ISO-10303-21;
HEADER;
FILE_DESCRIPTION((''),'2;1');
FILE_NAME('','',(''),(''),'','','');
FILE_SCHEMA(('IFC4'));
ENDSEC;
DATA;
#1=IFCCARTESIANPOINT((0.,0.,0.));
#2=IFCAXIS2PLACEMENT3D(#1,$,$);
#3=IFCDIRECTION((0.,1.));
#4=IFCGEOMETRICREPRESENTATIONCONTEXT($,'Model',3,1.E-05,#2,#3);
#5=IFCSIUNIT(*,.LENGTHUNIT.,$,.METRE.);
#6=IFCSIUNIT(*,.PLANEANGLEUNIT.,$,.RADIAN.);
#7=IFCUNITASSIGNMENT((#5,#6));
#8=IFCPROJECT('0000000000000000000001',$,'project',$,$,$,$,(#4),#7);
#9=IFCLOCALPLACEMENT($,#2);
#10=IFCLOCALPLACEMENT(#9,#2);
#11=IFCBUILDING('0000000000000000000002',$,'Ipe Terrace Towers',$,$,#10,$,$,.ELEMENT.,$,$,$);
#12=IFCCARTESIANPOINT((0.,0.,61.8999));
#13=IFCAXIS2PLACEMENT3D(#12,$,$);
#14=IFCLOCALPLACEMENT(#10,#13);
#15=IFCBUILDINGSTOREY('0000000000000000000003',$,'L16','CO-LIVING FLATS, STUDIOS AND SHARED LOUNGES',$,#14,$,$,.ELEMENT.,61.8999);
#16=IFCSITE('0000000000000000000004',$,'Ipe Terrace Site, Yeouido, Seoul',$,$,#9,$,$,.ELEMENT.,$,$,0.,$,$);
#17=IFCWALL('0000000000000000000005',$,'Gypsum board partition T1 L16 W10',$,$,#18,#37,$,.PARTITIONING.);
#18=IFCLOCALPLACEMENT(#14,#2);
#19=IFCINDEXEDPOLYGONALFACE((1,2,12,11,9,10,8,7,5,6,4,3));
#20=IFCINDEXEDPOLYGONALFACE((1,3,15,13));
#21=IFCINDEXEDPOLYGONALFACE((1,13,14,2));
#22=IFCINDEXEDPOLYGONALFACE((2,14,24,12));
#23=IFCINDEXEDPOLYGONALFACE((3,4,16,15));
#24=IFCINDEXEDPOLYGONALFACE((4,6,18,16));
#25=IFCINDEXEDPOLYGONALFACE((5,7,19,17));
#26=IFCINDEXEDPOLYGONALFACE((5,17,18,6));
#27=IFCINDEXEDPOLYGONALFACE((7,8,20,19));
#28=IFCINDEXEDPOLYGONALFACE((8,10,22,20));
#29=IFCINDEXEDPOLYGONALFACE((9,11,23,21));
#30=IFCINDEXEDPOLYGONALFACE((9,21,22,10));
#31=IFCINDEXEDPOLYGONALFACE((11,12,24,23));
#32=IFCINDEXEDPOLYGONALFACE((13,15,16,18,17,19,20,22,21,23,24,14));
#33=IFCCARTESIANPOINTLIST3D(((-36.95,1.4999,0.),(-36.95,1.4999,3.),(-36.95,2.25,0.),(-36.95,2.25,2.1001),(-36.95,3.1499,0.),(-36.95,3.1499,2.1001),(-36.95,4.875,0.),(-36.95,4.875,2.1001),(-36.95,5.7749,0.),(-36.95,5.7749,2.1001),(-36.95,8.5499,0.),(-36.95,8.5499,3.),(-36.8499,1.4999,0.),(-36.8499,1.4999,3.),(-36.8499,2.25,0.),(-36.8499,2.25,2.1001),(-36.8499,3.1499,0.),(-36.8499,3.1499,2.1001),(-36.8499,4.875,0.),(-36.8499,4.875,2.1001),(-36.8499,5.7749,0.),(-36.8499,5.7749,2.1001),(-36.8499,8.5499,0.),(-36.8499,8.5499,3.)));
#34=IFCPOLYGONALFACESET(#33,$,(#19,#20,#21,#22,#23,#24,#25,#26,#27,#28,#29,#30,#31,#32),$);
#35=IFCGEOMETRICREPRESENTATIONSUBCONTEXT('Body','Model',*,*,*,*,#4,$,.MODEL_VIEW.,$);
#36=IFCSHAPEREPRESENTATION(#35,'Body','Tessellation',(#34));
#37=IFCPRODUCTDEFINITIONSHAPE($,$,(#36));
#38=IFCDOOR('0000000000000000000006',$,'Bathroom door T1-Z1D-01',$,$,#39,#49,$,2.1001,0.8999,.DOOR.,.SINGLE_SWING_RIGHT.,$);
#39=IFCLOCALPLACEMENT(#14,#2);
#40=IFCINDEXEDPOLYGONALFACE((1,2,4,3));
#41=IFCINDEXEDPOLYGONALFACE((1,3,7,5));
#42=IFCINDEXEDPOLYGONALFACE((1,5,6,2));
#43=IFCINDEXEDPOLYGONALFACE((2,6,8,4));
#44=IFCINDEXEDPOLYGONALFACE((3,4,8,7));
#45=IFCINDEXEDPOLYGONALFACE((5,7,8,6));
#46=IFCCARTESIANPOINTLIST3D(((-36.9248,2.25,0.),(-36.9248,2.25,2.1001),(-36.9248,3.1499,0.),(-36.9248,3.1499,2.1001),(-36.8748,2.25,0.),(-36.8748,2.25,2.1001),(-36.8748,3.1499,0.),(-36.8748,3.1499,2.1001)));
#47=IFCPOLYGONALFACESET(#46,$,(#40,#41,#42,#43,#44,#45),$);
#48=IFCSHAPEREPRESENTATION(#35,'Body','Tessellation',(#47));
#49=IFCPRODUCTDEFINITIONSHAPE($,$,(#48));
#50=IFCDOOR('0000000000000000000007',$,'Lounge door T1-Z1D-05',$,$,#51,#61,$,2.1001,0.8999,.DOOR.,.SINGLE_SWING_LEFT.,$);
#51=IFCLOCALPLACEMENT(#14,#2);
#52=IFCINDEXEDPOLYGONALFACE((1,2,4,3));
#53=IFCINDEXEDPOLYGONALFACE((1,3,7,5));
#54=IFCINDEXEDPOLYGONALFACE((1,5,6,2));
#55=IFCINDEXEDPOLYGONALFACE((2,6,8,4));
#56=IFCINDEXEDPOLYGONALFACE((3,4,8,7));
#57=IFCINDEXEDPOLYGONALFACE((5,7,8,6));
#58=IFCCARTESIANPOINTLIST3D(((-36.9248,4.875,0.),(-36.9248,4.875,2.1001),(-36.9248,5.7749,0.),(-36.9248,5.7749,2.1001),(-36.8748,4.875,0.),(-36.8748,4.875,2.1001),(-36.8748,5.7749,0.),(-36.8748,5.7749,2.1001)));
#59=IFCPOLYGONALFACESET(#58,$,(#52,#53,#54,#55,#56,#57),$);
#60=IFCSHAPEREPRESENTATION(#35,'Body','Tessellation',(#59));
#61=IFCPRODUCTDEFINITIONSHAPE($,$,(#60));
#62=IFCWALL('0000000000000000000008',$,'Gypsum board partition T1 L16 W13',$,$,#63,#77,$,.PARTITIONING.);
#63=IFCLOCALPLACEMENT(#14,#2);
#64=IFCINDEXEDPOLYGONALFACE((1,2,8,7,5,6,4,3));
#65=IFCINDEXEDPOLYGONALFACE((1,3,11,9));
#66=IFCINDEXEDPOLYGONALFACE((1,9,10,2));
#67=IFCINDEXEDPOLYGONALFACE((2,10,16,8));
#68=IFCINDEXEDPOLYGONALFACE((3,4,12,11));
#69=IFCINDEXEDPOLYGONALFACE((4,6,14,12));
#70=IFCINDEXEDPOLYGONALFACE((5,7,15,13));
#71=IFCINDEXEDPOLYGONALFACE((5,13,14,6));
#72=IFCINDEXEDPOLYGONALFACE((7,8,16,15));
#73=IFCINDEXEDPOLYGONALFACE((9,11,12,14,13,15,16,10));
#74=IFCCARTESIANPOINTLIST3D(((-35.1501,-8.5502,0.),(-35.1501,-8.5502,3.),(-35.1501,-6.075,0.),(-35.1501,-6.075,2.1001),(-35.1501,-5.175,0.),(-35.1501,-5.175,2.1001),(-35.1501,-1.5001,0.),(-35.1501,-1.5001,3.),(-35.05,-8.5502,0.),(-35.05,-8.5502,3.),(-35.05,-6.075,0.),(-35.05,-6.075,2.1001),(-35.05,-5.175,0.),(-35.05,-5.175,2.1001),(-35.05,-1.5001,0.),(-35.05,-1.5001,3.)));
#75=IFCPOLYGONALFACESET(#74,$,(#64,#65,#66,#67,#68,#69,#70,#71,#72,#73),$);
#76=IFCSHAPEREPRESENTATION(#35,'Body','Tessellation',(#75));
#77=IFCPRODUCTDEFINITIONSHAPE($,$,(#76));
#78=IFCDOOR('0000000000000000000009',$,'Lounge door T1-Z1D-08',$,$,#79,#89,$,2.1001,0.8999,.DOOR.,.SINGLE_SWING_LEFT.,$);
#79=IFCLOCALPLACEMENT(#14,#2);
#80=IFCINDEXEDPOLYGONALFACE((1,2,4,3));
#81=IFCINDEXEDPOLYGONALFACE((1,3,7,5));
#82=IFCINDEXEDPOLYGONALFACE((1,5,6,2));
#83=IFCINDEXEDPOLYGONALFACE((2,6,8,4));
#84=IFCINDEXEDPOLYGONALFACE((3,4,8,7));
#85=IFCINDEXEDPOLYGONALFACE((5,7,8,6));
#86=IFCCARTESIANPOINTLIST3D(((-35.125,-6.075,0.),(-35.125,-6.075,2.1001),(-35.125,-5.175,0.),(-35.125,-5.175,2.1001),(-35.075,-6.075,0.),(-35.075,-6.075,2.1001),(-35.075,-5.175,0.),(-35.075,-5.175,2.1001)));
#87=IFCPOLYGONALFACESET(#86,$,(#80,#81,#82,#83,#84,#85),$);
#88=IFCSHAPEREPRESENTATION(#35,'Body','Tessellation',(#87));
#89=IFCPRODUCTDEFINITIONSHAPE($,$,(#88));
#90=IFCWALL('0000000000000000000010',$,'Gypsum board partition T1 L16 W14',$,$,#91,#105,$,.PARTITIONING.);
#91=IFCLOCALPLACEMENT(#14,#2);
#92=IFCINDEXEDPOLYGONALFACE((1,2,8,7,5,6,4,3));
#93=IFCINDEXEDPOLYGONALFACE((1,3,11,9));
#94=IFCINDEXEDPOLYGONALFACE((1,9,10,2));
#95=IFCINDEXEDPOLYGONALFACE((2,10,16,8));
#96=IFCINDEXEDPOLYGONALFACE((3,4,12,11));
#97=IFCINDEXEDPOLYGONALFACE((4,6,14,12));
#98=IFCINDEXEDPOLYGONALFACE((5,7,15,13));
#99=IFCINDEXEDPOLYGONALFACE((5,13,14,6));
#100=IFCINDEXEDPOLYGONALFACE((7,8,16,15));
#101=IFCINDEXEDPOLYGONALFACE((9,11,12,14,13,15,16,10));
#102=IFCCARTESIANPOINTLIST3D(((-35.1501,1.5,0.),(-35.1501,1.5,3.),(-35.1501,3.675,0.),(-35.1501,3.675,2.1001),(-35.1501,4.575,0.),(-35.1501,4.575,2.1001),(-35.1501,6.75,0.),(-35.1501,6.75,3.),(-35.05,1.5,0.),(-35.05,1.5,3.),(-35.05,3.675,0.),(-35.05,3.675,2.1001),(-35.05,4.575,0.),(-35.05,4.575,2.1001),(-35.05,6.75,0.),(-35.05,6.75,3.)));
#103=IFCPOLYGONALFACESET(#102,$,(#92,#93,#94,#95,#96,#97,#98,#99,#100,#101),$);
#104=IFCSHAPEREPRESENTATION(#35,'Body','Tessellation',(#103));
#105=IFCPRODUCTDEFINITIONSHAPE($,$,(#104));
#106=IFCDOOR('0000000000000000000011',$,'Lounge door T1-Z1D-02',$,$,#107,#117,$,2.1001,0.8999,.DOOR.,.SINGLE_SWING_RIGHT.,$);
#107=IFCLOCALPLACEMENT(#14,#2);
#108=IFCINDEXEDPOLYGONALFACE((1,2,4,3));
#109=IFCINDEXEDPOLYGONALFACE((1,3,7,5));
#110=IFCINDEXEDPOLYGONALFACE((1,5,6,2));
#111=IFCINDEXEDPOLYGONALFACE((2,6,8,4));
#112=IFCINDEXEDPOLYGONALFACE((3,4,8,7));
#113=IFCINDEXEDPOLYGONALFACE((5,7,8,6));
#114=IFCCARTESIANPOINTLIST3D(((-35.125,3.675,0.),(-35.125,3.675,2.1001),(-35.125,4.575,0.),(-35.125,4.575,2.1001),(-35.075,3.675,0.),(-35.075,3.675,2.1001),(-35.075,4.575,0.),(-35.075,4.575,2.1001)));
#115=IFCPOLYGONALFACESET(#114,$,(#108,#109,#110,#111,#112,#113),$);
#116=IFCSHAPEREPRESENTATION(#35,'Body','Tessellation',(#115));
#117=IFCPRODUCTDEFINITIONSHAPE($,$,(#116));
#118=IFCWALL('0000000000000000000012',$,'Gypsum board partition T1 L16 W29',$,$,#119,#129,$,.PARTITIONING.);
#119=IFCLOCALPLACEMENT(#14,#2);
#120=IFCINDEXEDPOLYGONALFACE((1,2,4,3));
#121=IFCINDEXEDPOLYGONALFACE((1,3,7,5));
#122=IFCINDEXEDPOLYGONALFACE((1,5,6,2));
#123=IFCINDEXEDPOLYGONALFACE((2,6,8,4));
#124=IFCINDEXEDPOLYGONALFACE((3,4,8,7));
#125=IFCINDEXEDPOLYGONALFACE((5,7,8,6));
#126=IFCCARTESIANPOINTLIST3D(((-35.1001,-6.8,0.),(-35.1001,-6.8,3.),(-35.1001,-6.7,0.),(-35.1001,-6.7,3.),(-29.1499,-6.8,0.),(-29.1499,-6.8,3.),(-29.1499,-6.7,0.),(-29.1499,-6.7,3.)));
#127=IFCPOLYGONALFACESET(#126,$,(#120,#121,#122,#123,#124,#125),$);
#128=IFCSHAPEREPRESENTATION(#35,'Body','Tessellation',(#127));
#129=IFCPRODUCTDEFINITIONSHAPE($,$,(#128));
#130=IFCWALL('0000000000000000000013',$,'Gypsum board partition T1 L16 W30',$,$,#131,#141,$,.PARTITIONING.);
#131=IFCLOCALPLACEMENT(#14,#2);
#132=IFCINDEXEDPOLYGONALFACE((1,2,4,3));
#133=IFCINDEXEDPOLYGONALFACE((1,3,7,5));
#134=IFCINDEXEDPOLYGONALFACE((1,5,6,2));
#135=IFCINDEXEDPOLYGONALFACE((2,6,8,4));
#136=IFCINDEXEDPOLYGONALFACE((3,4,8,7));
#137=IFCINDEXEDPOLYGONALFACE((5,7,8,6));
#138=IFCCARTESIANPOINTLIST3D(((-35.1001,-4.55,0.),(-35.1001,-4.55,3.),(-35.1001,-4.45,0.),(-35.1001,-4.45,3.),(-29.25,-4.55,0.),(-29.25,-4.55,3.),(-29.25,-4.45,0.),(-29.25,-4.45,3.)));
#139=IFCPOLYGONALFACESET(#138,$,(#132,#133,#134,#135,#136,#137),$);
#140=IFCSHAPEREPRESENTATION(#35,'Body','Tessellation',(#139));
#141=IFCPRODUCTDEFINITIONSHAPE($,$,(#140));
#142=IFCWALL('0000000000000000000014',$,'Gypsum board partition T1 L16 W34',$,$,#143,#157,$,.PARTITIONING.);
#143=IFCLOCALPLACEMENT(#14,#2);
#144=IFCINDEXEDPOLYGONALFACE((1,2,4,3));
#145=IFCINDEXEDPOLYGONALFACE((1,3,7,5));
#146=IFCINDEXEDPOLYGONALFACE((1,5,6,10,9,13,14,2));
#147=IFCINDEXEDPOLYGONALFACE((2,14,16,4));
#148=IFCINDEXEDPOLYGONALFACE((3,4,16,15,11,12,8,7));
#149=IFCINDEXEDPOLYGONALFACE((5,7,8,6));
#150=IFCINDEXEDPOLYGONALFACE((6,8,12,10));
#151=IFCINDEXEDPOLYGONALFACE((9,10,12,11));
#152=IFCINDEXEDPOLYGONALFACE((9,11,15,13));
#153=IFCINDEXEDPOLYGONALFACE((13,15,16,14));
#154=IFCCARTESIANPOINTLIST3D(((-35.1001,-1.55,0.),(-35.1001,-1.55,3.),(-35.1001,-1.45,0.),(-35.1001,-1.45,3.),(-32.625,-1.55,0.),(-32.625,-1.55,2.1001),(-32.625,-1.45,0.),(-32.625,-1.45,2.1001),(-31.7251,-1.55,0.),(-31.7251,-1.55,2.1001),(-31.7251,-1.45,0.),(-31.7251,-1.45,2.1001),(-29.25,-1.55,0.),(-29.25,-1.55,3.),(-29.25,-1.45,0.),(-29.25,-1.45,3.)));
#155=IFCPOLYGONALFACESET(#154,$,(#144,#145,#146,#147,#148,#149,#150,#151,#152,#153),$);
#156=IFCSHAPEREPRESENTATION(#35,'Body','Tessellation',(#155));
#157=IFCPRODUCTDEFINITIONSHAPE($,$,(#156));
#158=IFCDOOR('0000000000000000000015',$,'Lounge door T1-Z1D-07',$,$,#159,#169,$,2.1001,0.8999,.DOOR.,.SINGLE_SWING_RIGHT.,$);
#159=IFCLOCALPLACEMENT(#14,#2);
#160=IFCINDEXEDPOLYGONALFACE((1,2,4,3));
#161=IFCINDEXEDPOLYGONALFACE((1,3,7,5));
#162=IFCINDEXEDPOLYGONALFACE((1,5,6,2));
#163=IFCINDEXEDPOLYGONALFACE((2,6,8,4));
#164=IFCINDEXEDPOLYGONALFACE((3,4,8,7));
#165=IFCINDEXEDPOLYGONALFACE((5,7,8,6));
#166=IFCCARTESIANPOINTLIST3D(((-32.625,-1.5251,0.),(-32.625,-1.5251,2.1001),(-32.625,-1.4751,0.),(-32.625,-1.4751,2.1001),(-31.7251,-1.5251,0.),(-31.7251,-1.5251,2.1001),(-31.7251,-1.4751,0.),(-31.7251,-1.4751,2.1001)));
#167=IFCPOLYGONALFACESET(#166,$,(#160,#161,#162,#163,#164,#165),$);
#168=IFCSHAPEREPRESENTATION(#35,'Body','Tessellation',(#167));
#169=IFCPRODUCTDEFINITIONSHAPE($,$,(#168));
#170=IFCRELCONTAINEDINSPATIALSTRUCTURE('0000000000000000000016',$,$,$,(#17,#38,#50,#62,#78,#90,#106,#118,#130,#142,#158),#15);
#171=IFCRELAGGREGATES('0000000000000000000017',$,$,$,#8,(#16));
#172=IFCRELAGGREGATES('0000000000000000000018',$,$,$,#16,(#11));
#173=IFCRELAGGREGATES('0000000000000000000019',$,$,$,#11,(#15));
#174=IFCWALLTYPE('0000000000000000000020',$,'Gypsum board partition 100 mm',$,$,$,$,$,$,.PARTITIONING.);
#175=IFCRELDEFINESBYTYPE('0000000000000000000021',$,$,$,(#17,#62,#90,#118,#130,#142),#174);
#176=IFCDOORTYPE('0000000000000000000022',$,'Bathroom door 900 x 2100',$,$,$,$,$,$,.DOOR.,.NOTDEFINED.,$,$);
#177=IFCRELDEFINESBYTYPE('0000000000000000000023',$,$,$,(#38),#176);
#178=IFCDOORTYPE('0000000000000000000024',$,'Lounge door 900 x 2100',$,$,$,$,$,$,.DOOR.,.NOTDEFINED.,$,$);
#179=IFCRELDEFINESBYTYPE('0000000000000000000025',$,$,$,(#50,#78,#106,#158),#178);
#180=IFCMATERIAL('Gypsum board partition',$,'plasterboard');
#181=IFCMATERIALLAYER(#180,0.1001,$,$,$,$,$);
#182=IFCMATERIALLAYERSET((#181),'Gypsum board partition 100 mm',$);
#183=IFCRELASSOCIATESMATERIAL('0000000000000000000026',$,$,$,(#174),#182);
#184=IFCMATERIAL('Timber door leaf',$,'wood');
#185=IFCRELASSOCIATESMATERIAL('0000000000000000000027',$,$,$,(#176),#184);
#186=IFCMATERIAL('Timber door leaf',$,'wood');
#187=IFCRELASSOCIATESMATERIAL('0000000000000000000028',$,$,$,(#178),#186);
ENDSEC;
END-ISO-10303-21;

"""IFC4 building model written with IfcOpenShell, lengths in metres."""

from ifc_helpers import new_model, si_unit, direction, frame, frame_2d, origin, place, context, subcontext, project, spatial, rectangle, extrude, material, layer, layer_set, type_object, element, fill, save


model = new_model("IFC4")

# Units and contexts
model_context = context("Model", 3, precision=1e-05, world=origin(), true_north=direction((0.0, 1.0)))
body_context = subcontext(model_context, "Body", "Model", "MODEL_VIEW")
ifc_project = project(units=[si_unit("LENGTHUNIT", "METRE"), si_unit("PLANEANGLEUNIT", "RADIAN")], contexts=[model_context])

# Site, building, storey
site_placement = place(None, origin())
site = spatial("IfcSite", under=ifc_project, at=site_placement, Name="Ipe Terrace Site, Yeouido, Seoul", CompositionType="ELEMENT", RefElevation=0.0)
building_placement = place(site_placement, origin())
building = spatial("IfcBuilding", under=site, at=building_placement, Name="Ipe Terrace Towers", CompositionType="ELEMENT")
storey_placement = place(building_placement, frame((0.0, 0.0, 61.8999)))
storey = spatial("IfcBuildingStorey", under=building, at=storey_placement, Name="L16", Description="CO-LIVING FLATS, STUDIOS AND SHARED LOUNGES", CompositionType="ELEMENT", Elevation=61.8999)

# Shared definitions
ifc_material_1 = material(Name="Gypsum board partition", Category="plasterboard")
ifc_layer_1 = layer(ifc_material_1, 0.1001)
ifc_layer_set_1 = layer_set([ifc_layer_1], Name="Gypsum board partition 100 mm")
wall_type_1 = type_object("IfcWallType", Name="Gypsum board partition 100 mm", PredefinedType="PARTITIONING", material=ifc_layer_set_1)

# Wall, openings, doors
wall_1_placement = place(storey_placement, frame((-36.8999, 1.5, 0.0), z_axis=(0.0, 0.0, 1.0), x_axis=(0.0, 1.0, 0.0)))
wall_1 = element("IfcWall", 1, at=wall_1_placement, inside=storey, type_object=wall_type_1, Name="Gypsum board partition T1 L16 W10", PredefinedType="PARTITIONING", context=body_context, shape_type="SweptSolid", body=[
    extrude(rectangle(XDim=7.05, YDim=0.1001, at=frame_2d((3.5249, 0.0))), origin(), (0.0, 0.0, 1.0), 3.0),
])
opening_1_placement = place(wall_1_placement, frame((0.75, 0.0, 0.0)))
opening_1 = element("IfcOpeningElement", 2, at=opening_1_placement, cuts=wall_1, PredefinedType="OPENING", context=body_context, shape_type="SweptSolid", body=[
    extrude(rectangle(XDim=0.8999, YDim=2.1001, at=frame_2d((0.45, 1.05))), frame((0.0, 0.0601, 0.0), z_axis=(0.0, -1.0, 0.0), x_axis=(1.0, 0.0, 0.0)), (0.0, 0.0, 1.0), 0.1201),
])
opening_2_placement = place(wall_1_placement, frame((3.375, 0.0, 0.0)))
opening_2 = element("IfcOpeningElement", 3, at=opening_2_placement, cuts=wall_1, PredefinedType="OPENING", context=body_context, shape_type="SweptSolid", body=[
    extrude(rectangle(XDim=0.8999, YDim=2.1001, at=frame_2d((0.45, 1.05))), frame((0.0, 0.0601, 0.0), z_axis=(0.0, -1.0, 0.0), x_axis=(1.0, 0.0, 0.0)), (0.0, 0.0, 1.0), 0.1201),
])
ifc_material_2 = material(Name="Timber door leaf", Category="wood")
door_type_1 = type_object("IfcDoorType", Name="Bathroom door 900 x 2100", OperationType="NOTDEFINED", PredefinedType="DOOR", material=ifc_material_2)
door_1_placement = place(opening_1_placement, origin())
door_1 = element("IfcDoor", 4, at=door_1_placement, inside=storey, type_object=door_type_1, Name="Bathroom door T1-Z1D-01", OperationType="SINGLE_SWING_RIGHT", OverallHeight=2.1001, OverallWidth=0.8999, PredefinedType="DOOR", context=body_context, shape_type="SweptSolid", body=[
    extrude(rectangle(XDim=0.8999, YDim=2.1001, at=frame_2d((0.45, 1.05))), frame((0.0, 0.0249, 0.0), z_axis=(0.0, -1.0, 0.0), x_axis=(1.0, 0.0, 0.0)), (0.0, 0.0, 1.0), 0.05),
])
fill(opening_1, door_1)
ifc_material_3 = material(Name="Timber door leaf", Category="wood")
door_type_2 = type_object("IfcDoorType", Name="Lounge door 900 x 2100", OperationType="NOTDEFINED", PredefinedType="DOOR", material=ifc_material_3)
door_2_placement = place(opening_2_placement, origin())
door_2 = element("IfcDoor", 5, at=door_2_placement, inside=storey, type_object=door_type_2, Name="Lounge door T1-Z1D-05", OperationType="SINGLE_SWING_LEFT", OverallHeight=2.1001, OverallWidth=0.8999, PredefinedType="DOOR", context=body_context, shape_type="SweptSolid", body=[
    extrude(rectangle(XDim=0.8999, YDim=2.1001, at=frame_2d((0.45, 1.05))), frame((0.0, 0.0249, 0.0), z_axis=(0.0, -1.0, 0.0), x_axis=(1.0, 0.0, 0.0)), (0.0, 0.0, 1.0), 0.05),
])
fill(opening_2, door_2)

# Walls, openings, doors
wall_2_placement = place(storey_placement, frame((-35.1001, -8.55, 0.0), z_axis=(0.0, 0.0, 1.0), x_axis=(0.0, 1.0, 0.0)))
wall_2 = element("IfcWall", 6, at=wall_2_placement, inside=storey, type_object=wall_type_1, Name="Gypsum board partition T1 L16 W13", PredefinedType="PARTITIONING", context=body_context, shape_type="SweptSolid", body=[
    extrude(rectangle(XDim=7.05, YDim=0.1001, at=frame_2d((3.5249, 0.0))), origin(), (0.0, 0.0, 1.0), 3.0),
])
opening_3_placement = place(wall_2_placement, frame((2.4751, 0.0, 0.0)))
opening_3 = element("IfcOpeningElement", 7, at=opening_3_placement, cuts=wall_2, PredefinedType="OPENING", context=body_context, shape_type="SweptSolid", body=[
    extrude(rectangle(XDim=0.8999, YDim=2.1001, at=frame_2d((0.45, 1.05))), frame((0.0, 0.0601, 0.0), z_axis=(0.0, -1.0, 0.0), x_axis=(1.0, 0.0, 0.0)), (0.0, 0.0, 1.0), 0.1201),
])
door_3_placement = place(opening_3_placement, origin())
door_3 = element("IfcDoor", 8, at=door_3_placement, inside=storey, type_object=door_type_2, Name="Lounge door T1-Z1D-08", OperationType="SINGLE_SWING_LEFT", OverallHeight=2.1001, OverallWidth=0.8999, PredefinedType="DOOR", context=body_context, shape_type="SweptSolid", body=[
    extrude(rectangle(XDim=0.8999, YDim=2.1001, at=frame_2d((0.45, 1.05))), frame((0.0, 0.0249, 0.0), z_axis=(0.0, -1.0, 0.0), x_axis=(1.0, 0.0, 0.0)), (0.0, 0.0, 1.0), 0.05),
])
fill(opening_3, door_3)
wall_3_placement = place(storey_placement, frame((-35.1001, 1.5, 0.0), z_axis=(0.0, 0.0, 1.0), x_axis=(0.0, 1.0, 0.0)))
wall_3 = element("IfcWall", 9, at=wall_3_placement, inside=storey, type_object=wall_type_1, Name="Gypsum board partition T1 L16 W14", PredefinedType="PARTITIONING", context=body_context, shape_type="SweptSolid", body=[
    extrude(rectangle(XDim=5.25, YDim=0.1001, at=frame_2d((2.625, 0.0))), origin(), (0.0, 0.0, 1.0), 3.0),
])
opening_4_placement = place(wall_3_placement, frame((2.175, 0.0, 0.0)))
opening_4 = element("IfcOpeningElement", 10, at=opening_4_placement, cuts=wall_3, PredefinedType="OPENING", context=body_context, shape_type="SweptSolid", body=[
    extrude(rectangle(XDim=0.8999, YDim=2.1001, at=frame_2d((0.45, 1.05))), frame((0.0, 0.0601, 0.0), z_axis=(0.0, -1.0, 0.0), x_axis=(1.0, 0.0, 0.0)), (0.0, 0.0, 1.0), 0.1201),
])
door_4_placement = place(opening_4_placement, origin())
door_4 = element("IfcDoor", 11, at=door_4_placement, inside=storey, type_object=door_type_2, Name="Lounge door T1-Z1D-02", OperationType="SINGLE_SWING_RIGHT", OverallHeight=2.1001, OverallWidth=0.8999, PredefinedType="DOOR", context=body_context, shape_type="SweptSolid", body=[
    extrude(rectangle(XDim=0.8999, YDim=2.1001, at=frame_2d((0.45, 1.05))), frame((0.0, 0.0249, 0.0), z_axis=(0.0, -1.0, 0.0), x_axis=(1.0, 0.0, 0.0)), (0.0, 0.0, 1.0), 0.05),
])
fill(opening_4, door_4)

# Walls
wall_4_placement = place(storey_placement, frame((-35.1001, -6.75, 0.0), z_axis=(0.0, 0.0, 1.0), x_axis=(1.0, 0.0, 0.0)))
element("IfcWall", 12, at=wall_4_placement, inside=storey, type_object=wall_type_1, Name="Gypsum board partition T1 L16 W29", PredefinedType="PARTITIONING", context=body_context, shape_type="SweptSolid", body=[
    extrude(rectangle(XDim=5.9502, YDim=0.1001, at=frame_2d((2.9751, 0.0))), origin(), (0.0, 0.0, 1.0), 3.0),
])
wall_5_placement = place(storey_placement, frame((-35.1001, -4.5, 0.0), z_axis=(0.0, 0.0, 1.0), x_axis=(1.0, 0.0, 0.0)))
element("IfcWall", 13, at=wall_5_placement, inside=storey, type_object=wall_type_1, Name="Gypsum board partition T1 L16 W30", PredefinedType="PARTITIONING", context=body_context, shape_type="SweptSolid", body=[
    extrude(rectangle(XDim=5.8501, YDim=0.1001, at=frame_2d((2.925, 0.0))), origin(), (0.0, 0.0, 1.0), 3.0),
])

# Wall, opening, door
wall_6_placement = place(storey_placement, frame((-35.1001, -1.5, 0.0), z_axis=(0.0, 0.0, 1.0), x_axis=(1.0, 0.0, 0.0)))
wall_6 = element("IfcWall", 14, at=wall_6_placement, inside=storey, type_object=wall_type_1, Name="Gypsum board partition T1 L16 W34", PredefinedType="PARTITIONING", context=body_context, shape_type="SweptSolid", body=[
    extrude(rectangle(XDim=5.8501, YDim=0.1001, at=frame_2d((2.925, 0.0))), origin(), (0.0, 0.0, 1.0), 3.0),
])
opening_5_placement = place(wall_6_placement, frame((2.4751, 0.0, 0.0)))
opening_5 = element("IfcOpeningElement", 15, at=opening_5_placement, cuts=wall_6, PredefinedType="OPENING", context=body_context, shape_type="SweptSolid", body=[
    extrude(rectangle(XDim=0.8999, YDim=2.1001, at=frame_2d((0.45, 1.05))), frame((0.0, 0.0601, 0.0), z_axis=(0.0, -1.0, 0.0), x_axis=(1.0, 0.0, 0.0)), (0.0, 0.0, 1.0), 0.1201),
])
door_5_placement = place(opening_5_placement, origin())
door_5 = element("IfcDoor", 16, at=door_5_placement, inside=storey, type_object=door_type_2, Name="Lounge door T1-Z1D-07", OperationType="SINGLE_SWING_RIGHT", OverallHeight=2.1001, OverallWidth=0.8999, PredefinedType="DOOR", context=body_context, shape_type="SweptSolid", body=[
    extrude(rectangle(XDim=0.8999, YDim=2.1001, at=frame_2d((0.45, 1.05))), frame((0.0, 0.0249, 0.0), z_axis=(0.0, -1.0, 0.0), x_axis=(1.0, 0.0, 0.0)), (0.0, 0.0, 1.0), 0.05),
])
fill(opening_5, door_5)

save(model, "model.ifc")
